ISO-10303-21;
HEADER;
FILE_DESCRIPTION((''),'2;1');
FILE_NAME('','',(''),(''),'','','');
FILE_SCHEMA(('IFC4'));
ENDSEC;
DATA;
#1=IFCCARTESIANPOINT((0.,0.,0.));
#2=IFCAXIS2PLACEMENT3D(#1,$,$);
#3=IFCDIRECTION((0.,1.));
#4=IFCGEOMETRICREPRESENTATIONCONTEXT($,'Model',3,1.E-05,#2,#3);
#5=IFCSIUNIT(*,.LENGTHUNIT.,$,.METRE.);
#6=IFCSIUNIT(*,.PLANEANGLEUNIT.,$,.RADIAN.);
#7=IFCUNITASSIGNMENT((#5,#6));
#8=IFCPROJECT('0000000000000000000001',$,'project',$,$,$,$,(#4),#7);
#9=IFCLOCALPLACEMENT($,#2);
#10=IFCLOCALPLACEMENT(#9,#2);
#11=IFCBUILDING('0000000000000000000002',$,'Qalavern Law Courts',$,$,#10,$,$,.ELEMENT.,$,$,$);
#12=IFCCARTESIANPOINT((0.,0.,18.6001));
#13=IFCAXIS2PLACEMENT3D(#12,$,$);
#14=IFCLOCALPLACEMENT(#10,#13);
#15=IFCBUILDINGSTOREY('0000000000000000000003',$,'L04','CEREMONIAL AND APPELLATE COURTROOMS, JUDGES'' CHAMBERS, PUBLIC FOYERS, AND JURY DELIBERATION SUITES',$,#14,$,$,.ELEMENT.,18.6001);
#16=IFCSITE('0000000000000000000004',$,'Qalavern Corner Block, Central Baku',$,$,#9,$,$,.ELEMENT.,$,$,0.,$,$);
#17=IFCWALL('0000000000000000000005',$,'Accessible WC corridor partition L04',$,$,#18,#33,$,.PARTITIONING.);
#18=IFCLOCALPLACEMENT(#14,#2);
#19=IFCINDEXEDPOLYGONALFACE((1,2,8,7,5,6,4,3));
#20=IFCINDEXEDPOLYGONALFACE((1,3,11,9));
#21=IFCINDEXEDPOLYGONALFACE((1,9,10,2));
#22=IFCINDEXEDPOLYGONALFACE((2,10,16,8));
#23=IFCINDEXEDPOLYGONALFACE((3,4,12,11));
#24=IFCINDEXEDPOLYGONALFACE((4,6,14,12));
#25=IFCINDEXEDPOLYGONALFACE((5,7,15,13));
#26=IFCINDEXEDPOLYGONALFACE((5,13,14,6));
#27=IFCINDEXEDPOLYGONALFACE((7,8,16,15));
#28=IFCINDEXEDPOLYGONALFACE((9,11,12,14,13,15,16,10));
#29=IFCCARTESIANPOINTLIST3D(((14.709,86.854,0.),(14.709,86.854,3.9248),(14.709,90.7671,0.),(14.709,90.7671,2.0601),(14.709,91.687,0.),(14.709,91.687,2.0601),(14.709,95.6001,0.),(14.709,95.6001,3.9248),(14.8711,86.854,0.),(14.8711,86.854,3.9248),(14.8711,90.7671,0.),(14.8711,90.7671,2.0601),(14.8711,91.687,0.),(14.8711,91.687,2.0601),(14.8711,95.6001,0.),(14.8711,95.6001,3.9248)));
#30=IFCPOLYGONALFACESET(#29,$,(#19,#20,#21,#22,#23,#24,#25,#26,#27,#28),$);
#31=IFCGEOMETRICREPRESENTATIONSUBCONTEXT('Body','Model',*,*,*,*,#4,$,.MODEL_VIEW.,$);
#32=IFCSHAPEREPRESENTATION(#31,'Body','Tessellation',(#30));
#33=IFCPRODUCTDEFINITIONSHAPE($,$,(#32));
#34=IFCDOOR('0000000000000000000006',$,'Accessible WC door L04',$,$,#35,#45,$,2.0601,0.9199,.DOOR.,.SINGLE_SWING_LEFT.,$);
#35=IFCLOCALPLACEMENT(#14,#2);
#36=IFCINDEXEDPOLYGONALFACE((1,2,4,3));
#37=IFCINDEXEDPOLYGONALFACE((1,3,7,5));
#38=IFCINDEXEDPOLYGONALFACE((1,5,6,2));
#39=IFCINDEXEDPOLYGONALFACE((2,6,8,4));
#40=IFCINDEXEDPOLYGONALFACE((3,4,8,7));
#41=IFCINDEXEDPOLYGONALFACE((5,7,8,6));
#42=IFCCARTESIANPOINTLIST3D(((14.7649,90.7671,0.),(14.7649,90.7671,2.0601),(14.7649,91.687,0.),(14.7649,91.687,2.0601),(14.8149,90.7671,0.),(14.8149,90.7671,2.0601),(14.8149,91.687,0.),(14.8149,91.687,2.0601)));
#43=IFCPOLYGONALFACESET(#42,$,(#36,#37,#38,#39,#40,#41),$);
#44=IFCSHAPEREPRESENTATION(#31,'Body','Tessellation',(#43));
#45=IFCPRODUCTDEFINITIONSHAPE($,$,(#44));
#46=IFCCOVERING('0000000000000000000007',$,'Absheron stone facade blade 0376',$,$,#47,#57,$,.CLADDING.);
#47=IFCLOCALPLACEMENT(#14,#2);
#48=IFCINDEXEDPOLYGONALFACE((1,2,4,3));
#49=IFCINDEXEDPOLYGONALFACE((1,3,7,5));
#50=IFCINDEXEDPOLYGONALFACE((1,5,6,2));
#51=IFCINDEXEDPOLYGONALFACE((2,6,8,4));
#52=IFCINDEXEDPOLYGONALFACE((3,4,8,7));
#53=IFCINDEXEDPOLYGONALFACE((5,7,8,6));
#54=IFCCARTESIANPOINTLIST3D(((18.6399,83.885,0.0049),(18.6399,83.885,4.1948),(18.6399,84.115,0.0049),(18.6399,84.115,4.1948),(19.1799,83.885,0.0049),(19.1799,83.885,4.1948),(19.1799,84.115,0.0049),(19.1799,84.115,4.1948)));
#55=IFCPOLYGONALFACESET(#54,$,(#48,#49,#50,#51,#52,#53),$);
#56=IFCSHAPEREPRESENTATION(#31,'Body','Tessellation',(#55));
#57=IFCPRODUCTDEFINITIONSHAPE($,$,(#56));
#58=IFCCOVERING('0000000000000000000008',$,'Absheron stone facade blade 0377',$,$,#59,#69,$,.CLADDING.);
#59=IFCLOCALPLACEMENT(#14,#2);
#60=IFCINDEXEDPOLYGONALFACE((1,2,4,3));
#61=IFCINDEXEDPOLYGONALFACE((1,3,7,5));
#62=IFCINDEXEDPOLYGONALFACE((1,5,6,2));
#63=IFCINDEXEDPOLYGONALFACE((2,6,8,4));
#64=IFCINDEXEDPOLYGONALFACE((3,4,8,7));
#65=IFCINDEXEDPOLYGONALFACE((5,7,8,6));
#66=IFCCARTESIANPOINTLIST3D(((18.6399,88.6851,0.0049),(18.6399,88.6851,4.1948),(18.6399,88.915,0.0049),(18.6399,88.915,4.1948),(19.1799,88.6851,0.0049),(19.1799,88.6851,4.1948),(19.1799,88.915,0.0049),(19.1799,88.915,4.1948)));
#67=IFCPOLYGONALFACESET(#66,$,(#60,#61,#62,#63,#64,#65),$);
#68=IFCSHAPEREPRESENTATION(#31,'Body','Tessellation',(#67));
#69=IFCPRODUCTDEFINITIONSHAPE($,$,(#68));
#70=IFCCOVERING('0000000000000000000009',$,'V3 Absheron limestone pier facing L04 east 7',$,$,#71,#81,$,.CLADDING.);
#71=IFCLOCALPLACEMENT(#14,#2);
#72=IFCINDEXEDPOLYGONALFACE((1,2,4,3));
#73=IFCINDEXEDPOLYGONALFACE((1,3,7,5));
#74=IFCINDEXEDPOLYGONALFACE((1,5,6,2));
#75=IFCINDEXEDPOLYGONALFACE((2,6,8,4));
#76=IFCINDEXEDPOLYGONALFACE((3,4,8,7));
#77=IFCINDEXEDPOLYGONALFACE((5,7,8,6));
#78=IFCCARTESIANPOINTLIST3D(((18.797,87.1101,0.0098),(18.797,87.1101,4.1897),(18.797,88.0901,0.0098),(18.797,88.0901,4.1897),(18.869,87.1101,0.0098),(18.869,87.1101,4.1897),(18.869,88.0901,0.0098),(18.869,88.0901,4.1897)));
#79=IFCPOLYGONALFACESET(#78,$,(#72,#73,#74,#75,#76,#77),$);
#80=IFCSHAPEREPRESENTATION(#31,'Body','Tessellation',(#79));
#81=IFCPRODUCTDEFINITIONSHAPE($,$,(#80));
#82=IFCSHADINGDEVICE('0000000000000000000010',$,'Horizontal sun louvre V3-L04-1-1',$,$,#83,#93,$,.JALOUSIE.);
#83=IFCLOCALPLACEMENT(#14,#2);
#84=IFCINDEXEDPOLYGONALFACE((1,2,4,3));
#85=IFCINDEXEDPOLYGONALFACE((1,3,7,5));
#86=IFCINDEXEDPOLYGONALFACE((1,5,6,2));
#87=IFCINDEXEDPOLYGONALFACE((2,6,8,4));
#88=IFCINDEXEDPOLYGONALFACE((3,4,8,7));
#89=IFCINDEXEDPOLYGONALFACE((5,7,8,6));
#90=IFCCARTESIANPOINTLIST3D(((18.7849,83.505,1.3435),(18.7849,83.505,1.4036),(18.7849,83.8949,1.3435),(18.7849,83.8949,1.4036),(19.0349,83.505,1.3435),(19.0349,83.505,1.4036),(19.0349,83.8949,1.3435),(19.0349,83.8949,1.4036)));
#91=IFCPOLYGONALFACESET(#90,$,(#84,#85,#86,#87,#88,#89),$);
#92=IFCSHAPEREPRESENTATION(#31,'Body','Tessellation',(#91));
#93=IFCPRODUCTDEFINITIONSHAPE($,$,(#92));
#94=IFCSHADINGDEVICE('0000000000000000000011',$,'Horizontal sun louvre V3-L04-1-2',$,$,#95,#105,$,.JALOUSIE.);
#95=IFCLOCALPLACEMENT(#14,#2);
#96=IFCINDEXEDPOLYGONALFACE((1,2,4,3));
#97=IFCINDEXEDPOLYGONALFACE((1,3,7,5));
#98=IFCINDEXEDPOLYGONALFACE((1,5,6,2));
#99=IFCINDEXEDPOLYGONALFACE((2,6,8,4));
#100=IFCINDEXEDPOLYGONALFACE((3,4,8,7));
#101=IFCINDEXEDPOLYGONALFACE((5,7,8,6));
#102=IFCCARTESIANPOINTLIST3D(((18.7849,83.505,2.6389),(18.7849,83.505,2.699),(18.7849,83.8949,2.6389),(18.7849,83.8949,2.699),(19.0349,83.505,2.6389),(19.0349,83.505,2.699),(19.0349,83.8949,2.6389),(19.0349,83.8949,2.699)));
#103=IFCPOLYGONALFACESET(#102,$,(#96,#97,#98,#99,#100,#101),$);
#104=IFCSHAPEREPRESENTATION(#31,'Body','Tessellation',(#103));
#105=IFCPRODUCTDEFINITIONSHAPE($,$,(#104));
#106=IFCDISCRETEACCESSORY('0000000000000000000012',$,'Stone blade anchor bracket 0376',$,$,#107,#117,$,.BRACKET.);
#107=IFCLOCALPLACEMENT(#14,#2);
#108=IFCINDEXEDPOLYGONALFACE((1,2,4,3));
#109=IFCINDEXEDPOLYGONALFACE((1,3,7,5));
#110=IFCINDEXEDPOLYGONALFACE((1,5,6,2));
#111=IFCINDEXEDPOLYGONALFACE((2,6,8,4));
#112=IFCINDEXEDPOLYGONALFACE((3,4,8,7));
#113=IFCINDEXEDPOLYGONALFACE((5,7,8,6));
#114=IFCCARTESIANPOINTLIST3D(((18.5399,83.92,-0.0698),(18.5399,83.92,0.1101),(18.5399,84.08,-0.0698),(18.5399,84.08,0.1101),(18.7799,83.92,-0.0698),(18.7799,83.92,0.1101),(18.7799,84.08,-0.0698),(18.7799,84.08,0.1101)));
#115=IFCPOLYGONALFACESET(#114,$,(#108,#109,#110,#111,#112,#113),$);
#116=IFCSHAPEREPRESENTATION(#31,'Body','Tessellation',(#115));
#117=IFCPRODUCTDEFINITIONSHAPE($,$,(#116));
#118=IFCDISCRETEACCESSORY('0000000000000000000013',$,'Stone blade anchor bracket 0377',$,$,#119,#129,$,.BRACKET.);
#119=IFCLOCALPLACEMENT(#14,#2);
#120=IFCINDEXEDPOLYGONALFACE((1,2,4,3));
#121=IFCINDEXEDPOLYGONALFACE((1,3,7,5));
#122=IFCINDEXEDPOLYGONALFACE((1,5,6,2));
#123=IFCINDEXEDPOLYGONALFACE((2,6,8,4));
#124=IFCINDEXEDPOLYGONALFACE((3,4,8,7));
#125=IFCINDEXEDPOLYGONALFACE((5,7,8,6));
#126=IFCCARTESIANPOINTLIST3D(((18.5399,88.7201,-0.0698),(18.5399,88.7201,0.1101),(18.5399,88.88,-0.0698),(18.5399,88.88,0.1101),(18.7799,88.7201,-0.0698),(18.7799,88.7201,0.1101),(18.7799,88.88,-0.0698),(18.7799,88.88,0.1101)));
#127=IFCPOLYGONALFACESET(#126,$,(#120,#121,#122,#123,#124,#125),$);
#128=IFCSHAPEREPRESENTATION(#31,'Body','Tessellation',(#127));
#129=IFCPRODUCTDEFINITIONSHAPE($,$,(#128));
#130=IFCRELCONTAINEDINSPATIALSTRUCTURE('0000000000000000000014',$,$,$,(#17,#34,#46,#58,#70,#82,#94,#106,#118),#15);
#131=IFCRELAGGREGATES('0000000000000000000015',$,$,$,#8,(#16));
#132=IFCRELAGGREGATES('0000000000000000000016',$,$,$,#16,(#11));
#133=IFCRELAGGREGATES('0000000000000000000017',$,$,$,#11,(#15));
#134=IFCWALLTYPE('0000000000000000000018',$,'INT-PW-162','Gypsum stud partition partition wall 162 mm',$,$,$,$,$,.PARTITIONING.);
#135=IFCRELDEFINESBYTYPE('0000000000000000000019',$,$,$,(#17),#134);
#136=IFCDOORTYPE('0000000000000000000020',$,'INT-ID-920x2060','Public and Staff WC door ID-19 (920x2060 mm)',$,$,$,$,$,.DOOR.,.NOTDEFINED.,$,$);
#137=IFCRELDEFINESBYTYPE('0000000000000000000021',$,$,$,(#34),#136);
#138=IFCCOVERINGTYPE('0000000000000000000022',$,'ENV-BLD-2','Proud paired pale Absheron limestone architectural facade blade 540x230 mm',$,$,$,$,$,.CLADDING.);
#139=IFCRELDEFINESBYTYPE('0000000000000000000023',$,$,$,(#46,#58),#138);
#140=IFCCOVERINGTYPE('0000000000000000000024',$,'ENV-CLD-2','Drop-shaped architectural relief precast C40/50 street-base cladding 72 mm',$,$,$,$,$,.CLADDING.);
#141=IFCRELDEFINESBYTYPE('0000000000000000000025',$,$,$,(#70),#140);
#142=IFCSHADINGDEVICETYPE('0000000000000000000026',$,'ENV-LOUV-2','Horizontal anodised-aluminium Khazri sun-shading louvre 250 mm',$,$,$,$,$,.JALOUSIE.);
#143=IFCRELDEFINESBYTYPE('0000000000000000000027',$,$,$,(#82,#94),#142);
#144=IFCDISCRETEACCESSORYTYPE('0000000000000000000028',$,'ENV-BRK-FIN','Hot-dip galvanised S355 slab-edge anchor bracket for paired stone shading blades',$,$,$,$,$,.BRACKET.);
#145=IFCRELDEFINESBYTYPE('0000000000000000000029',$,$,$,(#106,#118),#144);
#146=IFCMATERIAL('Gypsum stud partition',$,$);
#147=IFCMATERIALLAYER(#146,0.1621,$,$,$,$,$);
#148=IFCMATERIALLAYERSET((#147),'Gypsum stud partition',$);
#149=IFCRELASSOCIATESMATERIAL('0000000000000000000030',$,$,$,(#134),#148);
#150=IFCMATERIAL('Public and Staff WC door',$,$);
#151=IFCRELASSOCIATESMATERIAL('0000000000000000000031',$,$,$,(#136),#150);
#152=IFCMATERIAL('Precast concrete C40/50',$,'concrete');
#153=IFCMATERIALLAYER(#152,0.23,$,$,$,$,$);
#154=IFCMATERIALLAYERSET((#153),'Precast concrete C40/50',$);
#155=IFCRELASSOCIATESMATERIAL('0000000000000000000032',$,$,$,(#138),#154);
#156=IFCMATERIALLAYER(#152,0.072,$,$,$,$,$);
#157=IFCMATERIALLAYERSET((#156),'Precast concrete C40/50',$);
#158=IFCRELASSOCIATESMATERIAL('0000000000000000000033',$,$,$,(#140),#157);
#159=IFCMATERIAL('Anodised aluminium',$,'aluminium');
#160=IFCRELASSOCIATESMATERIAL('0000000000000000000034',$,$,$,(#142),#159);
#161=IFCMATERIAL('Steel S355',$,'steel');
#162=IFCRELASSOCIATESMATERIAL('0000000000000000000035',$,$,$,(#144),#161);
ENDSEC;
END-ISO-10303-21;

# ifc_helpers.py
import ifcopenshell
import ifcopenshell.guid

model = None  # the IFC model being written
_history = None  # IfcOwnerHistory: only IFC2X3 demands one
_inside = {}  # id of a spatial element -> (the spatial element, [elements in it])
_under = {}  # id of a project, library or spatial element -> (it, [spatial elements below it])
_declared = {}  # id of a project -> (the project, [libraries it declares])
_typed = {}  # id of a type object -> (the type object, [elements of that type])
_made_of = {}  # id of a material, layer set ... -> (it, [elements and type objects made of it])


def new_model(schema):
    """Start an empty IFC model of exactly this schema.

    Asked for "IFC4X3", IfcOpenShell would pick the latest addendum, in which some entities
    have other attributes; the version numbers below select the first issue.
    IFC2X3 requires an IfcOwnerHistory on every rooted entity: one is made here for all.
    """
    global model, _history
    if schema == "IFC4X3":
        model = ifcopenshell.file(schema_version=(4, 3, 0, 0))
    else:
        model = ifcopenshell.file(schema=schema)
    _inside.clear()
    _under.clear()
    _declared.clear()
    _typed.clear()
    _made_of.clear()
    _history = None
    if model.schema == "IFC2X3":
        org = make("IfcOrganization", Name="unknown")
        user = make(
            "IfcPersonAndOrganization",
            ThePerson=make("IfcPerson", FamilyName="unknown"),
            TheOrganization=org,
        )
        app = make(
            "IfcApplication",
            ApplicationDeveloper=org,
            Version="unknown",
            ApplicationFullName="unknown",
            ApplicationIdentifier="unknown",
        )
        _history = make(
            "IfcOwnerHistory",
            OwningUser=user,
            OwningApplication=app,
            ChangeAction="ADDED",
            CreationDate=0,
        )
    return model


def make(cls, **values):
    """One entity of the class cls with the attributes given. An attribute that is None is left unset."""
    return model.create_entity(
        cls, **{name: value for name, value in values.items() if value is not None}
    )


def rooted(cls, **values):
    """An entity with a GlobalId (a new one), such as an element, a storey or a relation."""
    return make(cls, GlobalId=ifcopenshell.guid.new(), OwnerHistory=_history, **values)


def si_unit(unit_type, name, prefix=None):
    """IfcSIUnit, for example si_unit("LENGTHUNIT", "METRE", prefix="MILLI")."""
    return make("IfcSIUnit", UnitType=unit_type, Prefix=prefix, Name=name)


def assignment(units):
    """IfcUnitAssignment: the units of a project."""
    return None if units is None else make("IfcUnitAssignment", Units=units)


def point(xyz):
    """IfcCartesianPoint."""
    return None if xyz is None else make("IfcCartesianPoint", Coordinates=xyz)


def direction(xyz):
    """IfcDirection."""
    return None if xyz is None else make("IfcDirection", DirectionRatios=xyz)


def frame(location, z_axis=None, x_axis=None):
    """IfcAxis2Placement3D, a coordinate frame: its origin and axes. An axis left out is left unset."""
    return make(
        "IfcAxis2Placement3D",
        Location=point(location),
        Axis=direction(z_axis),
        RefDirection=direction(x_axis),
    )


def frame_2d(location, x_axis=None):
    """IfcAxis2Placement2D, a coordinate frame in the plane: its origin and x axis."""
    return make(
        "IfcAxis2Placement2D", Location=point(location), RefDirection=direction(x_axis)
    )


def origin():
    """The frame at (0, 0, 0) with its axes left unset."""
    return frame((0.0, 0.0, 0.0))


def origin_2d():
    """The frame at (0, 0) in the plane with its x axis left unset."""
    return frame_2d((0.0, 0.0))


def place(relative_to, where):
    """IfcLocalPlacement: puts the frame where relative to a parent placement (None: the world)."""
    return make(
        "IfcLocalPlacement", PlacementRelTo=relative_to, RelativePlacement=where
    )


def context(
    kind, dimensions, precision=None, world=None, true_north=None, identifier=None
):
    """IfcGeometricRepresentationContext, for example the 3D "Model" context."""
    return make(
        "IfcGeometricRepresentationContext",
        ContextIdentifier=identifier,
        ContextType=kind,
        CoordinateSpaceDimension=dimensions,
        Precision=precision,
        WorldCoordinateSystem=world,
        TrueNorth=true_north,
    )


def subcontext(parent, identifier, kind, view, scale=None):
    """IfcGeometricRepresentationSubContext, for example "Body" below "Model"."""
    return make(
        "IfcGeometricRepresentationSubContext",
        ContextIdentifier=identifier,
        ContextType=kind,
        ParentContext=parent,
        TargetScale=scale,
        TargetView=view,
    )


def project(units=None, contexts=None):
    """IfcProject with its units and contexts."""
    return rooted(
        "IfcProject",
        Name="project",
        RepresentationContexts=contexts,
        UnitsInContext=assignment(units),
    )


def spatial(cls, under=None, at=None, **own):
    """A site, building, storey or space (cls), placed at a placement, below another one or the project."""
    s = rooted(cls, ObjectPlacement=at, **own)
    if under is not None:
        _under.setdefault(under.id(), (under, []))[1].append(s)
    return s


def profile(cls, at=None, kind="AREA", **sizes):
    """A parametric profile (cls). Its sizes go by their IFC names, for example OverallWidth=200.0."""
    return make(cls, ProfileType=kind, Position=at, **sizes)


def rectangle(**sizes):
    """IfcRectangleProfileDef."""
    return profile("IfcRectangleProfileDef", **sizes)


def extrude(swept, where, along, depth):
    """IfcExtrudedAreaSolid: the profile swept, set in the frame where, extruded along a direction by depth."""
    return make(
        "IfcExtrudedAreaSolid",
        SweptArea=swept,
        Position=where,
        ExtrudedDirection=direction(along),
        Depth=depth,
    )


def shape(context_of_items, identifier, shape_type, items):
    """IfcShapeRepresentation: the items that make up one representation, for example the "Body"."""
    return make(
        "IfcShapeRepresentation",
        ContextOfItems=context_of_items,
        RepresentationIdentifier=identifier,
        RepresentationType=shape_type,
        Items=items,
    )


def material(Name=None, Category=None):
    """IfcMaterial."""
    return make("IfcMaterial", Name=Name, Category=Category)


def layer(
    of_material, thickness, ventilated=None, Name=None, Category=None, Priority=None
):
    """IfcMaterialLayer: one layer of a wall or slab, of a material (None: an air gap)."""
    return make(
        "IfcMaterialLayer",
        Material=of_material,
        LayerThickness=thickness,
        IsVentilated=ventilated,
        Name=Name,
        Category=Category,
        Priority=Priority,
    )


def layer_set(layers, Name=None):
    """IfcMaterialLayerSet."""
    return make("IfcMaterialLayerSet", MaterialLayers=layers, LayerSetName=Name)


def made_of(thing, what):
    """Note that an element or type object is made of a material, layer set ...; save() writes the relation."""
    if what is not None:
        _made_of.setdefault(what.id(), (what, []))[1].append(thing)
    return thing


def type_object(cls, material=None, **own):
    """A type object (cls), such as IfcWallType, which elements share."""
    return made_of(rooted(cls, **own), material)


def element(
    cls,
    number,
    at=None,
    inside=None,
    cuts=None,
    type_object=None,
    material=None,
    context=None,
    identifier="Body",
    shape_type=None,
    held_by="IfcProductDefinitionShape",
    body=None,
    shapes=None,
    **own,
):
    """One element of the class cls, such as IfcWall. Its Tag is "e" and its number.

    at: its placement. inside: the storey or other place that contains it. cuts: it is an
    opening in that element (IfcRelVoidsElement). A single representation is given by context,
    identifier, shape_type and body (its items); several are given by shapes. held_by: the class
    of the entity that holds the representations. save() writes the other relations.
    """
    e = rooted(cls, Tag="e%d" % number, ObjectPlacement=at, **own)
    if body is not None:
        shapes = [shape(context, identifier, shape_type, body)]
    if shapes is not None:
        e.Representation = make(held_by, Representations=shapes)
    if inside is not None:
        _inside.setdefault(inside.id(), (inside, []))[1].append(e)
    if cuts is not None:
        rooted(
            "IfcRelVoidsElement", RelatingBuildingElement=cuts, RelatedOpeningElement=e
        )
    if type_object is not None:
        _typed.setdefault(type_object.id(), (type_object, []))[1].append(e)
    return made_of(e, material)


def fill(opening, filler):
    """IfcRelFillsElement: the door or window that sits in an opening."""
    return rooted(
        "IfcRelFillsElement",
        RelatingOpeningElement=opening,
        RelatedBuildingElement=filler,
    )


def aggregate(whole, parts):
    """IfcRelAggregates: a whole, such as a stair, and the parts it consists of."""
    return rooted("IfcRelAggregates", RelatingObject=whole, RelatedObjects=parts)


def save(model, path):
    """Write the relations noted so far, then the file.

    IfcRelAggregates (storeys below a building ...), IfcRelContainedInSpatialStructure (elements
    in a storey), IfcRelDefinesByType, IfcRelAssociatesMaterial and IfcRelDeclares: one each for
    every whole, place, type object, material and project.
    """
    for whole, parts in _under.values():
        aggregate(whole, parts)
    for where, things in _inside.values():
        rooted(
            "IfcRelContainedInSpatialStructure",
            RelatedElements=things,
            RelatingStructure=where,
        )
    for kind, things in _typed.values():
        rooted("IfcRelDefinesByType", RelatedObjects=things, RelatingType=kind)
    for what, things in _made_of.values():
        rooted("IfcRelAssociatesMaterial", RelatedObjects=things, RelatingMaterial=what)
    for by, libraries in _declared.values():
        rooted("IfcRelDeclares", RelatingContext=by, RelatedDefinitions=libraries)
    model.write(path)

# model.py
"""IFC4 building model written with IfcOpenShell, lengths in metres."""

from ifc_helpers import new_model, si_unit, direction, frame, frame_2d, origin, origin_2d, place, context, subcontext, project, spatial, rectangle, extrude, material, layer, layer_set, type_object, element, fill, save


model = new_model("IFC4")

# Units and contexts
model_context = context("Model", 3, precision=1e-05, world=origin(), true_north=direction((0.0, 1.0)))
body_context = subcontext(model_context, "Body", "Model", "MODEL_VIEW")
ifc_project = project(units=[si_unit("LENGTHUNIT", "METRE"), si_unit("PLANEANGLEUNIT", "RADIAN")], contexts=[model_context])

# Site, building, storey
site_placement = place(None, origin())
site = spatial("IfcSite", under=ifc_project, at=site_placement, Name="Qalavern Corner Block, Central Baku", CompositionType="ELEMENT", RefElevation=0.0)
building_placement = place(site_placement, origin())
building = spatial("IfcBuilding", under=site, at=building_placement, Name="Qalavern Law Courts", CompositionType="ELEMENT")
storey_placement = place(building_placement, frame((0.0, 0.0, 18.6001)))
storey = spatial("IfcBuildingStorey", under=building, at=storey_placement, Name="L04", Description="CEREMONIAL AND APPELLATE COURTROOMS, JUDGES' CHAMBERS, PUBLIC FOYERS, AND JURY DELIBERATION SUITES", CompositionType="ELEMENT", Elevation=18.6001)

# Shared definitions
ifc_material_1 = material(Name="Anodised aluminium", Category="aluminium")

# Shared definitions
ifc_material_2 = material(Name="Steel S355", Category="steel")

# Wall, opening, door
ifc_material_3 = material(Name="Gypsum stud partition")
ifc_layer_1 = layer(ifc_material_3, 0.1621)
ifc_layer_set_1 = layer_set([ifc_layer_1], Name="Gypsum stud partition")
wall_type_1 = type_object("IfcWallType", Name="INT-PW-162", Description="Gypsum stud partition partition wall 162 mm", PredefinedType="PARTITIONING", material=ifc_layer_set_1)
wall_1_placement = place(storey_placement, frame((14.79, 86.854, 0.0), z_axis=(0.0, 0.0, 1.0), x_axis=(0.0, 1.0, 0.0)))
wall_1 = element("IfcWall", 1, at=wall_1_placement, inside=storey, type_object=wall_type_1, Name="Accessible WC corridor partition L04", PredefinedType="PARTITIONING", context=body_context, shape_type="SweptSolid", body=[
    extrude(rectangle(XDim=8.7461, YDim=0.1621, at=frame_2d((4.373, 0.0))), origin(), (0.0, 0.0, 1.0), 3.9248),
])
opening_placement = place(wall_1_placement, frame((3.9131, 0.0, 0.0)))
opening = element("IfcOpeningElement", 2, at=opening_placement, cuts=wall_1, PredefinedType="OPENING", context=body_context, shape_type="SweptSolid", body=[
    extrude(rectangle(XDim=0.9199, YDim=2.0601, at=frame_2d((0.46, 1.03))), frame((0.0, 0.0959, 0.0), z_axis=(0.0, -1.0, 0.0), x_axis=(1.0, 0.0, 0.0)), (0.0, 0.0, 1.0), 0.1919),
])
ifc_material_4 = material(Name="Public and Staff WC door")
door_type = type_object("IfcDoorType", Name="INT-ID-920x2060", Description="Public and Staff WC door ID-19 (920x2060 mm)", OperationType="NOTDEFINED", PredefinedType="DOOR", material=ifc_material_4)
door_placement = place(opening_placement, frame((0.9199, 0.0, 0.0), z_axis=(0.0, 0.0, 1.0), x_axis=(-1.0, 0.0, 0.0)))
door = element("IfcDoor", 3, at=door_placement, inside=storey, type_object=door_type, Name="Accessible WC door L04", OperationType="SINGLE_SWING_LEFT", OverallHeight=2.0601, OverallWidth=0.9199, PredefinedType="DOOR", context=body_context, shape_type="SweptSolid", body=[
    extrude(rectangle(XDim=0.9199, YDim=2.0601, at=frame_2d((0.46, 1.03))), frame((0.0, 0.0249, 0.0), z_axis=(0.0, -1.0, 0.0), x_axis=(1.0, 0.0, 0.0)), (0.0, 0.0, 1.0), 0.05),
])
fill(opening, door)

# Coverings
ifc_material_5 = material(Name="Precast concrete C40/50", Category="concrete")
ifc_layer_2 = layer(ifc_material_5, 0.23)
ifc_layer_set_2 = layer_set([ifc_layer_2], Name="Precast concrete C40/50")
covering_type_1 = type_object("IfcCoveringType", Name="ENV-BLD-2", Description="Proud paired pale Absheron limestone architectural facade blade 540x230 mm", PredefinedType="CLADDING", material=ifc_layer_set_2)
for number, where, z_axis, x_axis, name in (
    (4, (18.9099, 84.0, 0.0049), (0.0, 0.0, 1.0), (1.0, 0.0, 0.0), "Absheron stone facade blade 0376"),
    (5, (18.9099, 88.8, 0.0049), (0.0, 0.0, 1.0), (1.0, 0.0, 0.0), "Absheron stone facade blade 0377"),
):
    element("IfcCovering", number, at=place(storey_placement, frame(where, z_axis=z_axis, x_axis=x_axis)), inside=storey, type_object=covering_type_1, Name=name, PredefinedType="CLADDING", context=body_context, shape_type="SweptSolid", body=[
        extrude(rectangle(XDim=0.54, YDim=0.23, at=origin_2d()), origin(), (0.0, 0.0, 1.0), 4.1899),
    ])
ifc_layer_3 = layer(ifc_material_5, 0.072)
ifc_layer_set_3 = layer_set([ifc_layer_3], Name="Precast concrete C40/50")
covering_type_2 = type_object("IfcCoveringType", Name="ENV-CLD-2", Description="Drop-shaped architectural relief precast C40/50 street-base cladding 72 mm", PredefinedType="CLADDING", material=ifc_layer_set_3)
covering_placement = place(storey_placement, frame((18.833, 87.6001, 0.0098), z_axis=(0.0, 0.0, 1.0), x_axis=(0.0, 1.0, 0.0)))
element("IfcCovering", 6, at=covering_placement, inside=storey, type_object=covering_type_2, Name="V3 Absheron limestone pier facing L04 east 7", PredefinedType="CLADDING", context=body_context, shape_type="SweptSolid", body=[
    extrude(rectangle(XDim=0.98, YDim=0.072, at=origin_2d()), origin(), (0.0, 0.0, 1.0), 4.1799),
])

# Shading devices
shading_device_type = type_object("IfcShadingDeviceType", Name="ENV-LOUV-2", Description="Horizontal anodised-aluminium Khazri sun-shading louvre 250 mm", PredefinedType="JALOUSIE", material=ifc_material_1)
for number, where, z_axis, x_axis, name in (
    (7, (18.9099, 83.7, 1.3435), (0.0, 0.0, 1.0), (0.0, 1.0, 0.0), "Horizontal sun louvre V3-L04-1-1"),
    (8, (18.9099, 83.7, 2.6389), (0.0, 0.0, 1.0), (0.0, 1.0, 0.0), "Horizontal sun louvre V3-L04-1-2"),
):
    element("IfcShadingDevice", number, at=place(storey_placement, frame(where, z_axis=z_axis, x_axis=x_axis)), inside=storey, type_object=shading_device_type, Name=name, PredefinedType="JALOUSIE", context=body_context, shape_type="SweptSolid", body=[
        extrude(rectangle(XDim=0.3899, YDim=0.25, at=origin_2d()), origin(), (0.0, 0.0, 1.0), 0.0601),
    ])

# Discrete accessories
discrete_accessory_type = type_object("IfcDiscreteAccessoryType", Name="ENV-BRK-FIN", Description="Hot-dip galvanised S355 slab-edge anchor bracket for paired stone shading blades", PredefinedType="BRACKET", material=ifc_material_2)
for number, where, z_axis, x_axis, name in (
    (9, (18.6599, 84.0, -0.0698), (0.0, 0.0, 1.0), (1.0, 0.0, 0.0), "Stone blade anchor bracket 0376"),
    (10, (18.6599, 88.8, -0.0698), (0.0, 0.0, 1.0), (1.0, 0.0, 0.0), "Stone blade anchor bracket 0377"),
):
    element("IfcDiscreteAccessory", number, at=place(storey_placement, frame(where, z_axis=z_axis, x_axis=x_axis)), inside=storey, type_object=discrete_accessory_type, Name=name, PredefinedType="BRACKET", context=body_context, shape_type="SweptSolid", body=[
        extrude(rectangle(XDim=0.24, YDim=0.1599, at=origin_2d()), origin(), (0.0, 0.0, 1.0), 0.1799),
    ])

save(model, "model.ifc")
